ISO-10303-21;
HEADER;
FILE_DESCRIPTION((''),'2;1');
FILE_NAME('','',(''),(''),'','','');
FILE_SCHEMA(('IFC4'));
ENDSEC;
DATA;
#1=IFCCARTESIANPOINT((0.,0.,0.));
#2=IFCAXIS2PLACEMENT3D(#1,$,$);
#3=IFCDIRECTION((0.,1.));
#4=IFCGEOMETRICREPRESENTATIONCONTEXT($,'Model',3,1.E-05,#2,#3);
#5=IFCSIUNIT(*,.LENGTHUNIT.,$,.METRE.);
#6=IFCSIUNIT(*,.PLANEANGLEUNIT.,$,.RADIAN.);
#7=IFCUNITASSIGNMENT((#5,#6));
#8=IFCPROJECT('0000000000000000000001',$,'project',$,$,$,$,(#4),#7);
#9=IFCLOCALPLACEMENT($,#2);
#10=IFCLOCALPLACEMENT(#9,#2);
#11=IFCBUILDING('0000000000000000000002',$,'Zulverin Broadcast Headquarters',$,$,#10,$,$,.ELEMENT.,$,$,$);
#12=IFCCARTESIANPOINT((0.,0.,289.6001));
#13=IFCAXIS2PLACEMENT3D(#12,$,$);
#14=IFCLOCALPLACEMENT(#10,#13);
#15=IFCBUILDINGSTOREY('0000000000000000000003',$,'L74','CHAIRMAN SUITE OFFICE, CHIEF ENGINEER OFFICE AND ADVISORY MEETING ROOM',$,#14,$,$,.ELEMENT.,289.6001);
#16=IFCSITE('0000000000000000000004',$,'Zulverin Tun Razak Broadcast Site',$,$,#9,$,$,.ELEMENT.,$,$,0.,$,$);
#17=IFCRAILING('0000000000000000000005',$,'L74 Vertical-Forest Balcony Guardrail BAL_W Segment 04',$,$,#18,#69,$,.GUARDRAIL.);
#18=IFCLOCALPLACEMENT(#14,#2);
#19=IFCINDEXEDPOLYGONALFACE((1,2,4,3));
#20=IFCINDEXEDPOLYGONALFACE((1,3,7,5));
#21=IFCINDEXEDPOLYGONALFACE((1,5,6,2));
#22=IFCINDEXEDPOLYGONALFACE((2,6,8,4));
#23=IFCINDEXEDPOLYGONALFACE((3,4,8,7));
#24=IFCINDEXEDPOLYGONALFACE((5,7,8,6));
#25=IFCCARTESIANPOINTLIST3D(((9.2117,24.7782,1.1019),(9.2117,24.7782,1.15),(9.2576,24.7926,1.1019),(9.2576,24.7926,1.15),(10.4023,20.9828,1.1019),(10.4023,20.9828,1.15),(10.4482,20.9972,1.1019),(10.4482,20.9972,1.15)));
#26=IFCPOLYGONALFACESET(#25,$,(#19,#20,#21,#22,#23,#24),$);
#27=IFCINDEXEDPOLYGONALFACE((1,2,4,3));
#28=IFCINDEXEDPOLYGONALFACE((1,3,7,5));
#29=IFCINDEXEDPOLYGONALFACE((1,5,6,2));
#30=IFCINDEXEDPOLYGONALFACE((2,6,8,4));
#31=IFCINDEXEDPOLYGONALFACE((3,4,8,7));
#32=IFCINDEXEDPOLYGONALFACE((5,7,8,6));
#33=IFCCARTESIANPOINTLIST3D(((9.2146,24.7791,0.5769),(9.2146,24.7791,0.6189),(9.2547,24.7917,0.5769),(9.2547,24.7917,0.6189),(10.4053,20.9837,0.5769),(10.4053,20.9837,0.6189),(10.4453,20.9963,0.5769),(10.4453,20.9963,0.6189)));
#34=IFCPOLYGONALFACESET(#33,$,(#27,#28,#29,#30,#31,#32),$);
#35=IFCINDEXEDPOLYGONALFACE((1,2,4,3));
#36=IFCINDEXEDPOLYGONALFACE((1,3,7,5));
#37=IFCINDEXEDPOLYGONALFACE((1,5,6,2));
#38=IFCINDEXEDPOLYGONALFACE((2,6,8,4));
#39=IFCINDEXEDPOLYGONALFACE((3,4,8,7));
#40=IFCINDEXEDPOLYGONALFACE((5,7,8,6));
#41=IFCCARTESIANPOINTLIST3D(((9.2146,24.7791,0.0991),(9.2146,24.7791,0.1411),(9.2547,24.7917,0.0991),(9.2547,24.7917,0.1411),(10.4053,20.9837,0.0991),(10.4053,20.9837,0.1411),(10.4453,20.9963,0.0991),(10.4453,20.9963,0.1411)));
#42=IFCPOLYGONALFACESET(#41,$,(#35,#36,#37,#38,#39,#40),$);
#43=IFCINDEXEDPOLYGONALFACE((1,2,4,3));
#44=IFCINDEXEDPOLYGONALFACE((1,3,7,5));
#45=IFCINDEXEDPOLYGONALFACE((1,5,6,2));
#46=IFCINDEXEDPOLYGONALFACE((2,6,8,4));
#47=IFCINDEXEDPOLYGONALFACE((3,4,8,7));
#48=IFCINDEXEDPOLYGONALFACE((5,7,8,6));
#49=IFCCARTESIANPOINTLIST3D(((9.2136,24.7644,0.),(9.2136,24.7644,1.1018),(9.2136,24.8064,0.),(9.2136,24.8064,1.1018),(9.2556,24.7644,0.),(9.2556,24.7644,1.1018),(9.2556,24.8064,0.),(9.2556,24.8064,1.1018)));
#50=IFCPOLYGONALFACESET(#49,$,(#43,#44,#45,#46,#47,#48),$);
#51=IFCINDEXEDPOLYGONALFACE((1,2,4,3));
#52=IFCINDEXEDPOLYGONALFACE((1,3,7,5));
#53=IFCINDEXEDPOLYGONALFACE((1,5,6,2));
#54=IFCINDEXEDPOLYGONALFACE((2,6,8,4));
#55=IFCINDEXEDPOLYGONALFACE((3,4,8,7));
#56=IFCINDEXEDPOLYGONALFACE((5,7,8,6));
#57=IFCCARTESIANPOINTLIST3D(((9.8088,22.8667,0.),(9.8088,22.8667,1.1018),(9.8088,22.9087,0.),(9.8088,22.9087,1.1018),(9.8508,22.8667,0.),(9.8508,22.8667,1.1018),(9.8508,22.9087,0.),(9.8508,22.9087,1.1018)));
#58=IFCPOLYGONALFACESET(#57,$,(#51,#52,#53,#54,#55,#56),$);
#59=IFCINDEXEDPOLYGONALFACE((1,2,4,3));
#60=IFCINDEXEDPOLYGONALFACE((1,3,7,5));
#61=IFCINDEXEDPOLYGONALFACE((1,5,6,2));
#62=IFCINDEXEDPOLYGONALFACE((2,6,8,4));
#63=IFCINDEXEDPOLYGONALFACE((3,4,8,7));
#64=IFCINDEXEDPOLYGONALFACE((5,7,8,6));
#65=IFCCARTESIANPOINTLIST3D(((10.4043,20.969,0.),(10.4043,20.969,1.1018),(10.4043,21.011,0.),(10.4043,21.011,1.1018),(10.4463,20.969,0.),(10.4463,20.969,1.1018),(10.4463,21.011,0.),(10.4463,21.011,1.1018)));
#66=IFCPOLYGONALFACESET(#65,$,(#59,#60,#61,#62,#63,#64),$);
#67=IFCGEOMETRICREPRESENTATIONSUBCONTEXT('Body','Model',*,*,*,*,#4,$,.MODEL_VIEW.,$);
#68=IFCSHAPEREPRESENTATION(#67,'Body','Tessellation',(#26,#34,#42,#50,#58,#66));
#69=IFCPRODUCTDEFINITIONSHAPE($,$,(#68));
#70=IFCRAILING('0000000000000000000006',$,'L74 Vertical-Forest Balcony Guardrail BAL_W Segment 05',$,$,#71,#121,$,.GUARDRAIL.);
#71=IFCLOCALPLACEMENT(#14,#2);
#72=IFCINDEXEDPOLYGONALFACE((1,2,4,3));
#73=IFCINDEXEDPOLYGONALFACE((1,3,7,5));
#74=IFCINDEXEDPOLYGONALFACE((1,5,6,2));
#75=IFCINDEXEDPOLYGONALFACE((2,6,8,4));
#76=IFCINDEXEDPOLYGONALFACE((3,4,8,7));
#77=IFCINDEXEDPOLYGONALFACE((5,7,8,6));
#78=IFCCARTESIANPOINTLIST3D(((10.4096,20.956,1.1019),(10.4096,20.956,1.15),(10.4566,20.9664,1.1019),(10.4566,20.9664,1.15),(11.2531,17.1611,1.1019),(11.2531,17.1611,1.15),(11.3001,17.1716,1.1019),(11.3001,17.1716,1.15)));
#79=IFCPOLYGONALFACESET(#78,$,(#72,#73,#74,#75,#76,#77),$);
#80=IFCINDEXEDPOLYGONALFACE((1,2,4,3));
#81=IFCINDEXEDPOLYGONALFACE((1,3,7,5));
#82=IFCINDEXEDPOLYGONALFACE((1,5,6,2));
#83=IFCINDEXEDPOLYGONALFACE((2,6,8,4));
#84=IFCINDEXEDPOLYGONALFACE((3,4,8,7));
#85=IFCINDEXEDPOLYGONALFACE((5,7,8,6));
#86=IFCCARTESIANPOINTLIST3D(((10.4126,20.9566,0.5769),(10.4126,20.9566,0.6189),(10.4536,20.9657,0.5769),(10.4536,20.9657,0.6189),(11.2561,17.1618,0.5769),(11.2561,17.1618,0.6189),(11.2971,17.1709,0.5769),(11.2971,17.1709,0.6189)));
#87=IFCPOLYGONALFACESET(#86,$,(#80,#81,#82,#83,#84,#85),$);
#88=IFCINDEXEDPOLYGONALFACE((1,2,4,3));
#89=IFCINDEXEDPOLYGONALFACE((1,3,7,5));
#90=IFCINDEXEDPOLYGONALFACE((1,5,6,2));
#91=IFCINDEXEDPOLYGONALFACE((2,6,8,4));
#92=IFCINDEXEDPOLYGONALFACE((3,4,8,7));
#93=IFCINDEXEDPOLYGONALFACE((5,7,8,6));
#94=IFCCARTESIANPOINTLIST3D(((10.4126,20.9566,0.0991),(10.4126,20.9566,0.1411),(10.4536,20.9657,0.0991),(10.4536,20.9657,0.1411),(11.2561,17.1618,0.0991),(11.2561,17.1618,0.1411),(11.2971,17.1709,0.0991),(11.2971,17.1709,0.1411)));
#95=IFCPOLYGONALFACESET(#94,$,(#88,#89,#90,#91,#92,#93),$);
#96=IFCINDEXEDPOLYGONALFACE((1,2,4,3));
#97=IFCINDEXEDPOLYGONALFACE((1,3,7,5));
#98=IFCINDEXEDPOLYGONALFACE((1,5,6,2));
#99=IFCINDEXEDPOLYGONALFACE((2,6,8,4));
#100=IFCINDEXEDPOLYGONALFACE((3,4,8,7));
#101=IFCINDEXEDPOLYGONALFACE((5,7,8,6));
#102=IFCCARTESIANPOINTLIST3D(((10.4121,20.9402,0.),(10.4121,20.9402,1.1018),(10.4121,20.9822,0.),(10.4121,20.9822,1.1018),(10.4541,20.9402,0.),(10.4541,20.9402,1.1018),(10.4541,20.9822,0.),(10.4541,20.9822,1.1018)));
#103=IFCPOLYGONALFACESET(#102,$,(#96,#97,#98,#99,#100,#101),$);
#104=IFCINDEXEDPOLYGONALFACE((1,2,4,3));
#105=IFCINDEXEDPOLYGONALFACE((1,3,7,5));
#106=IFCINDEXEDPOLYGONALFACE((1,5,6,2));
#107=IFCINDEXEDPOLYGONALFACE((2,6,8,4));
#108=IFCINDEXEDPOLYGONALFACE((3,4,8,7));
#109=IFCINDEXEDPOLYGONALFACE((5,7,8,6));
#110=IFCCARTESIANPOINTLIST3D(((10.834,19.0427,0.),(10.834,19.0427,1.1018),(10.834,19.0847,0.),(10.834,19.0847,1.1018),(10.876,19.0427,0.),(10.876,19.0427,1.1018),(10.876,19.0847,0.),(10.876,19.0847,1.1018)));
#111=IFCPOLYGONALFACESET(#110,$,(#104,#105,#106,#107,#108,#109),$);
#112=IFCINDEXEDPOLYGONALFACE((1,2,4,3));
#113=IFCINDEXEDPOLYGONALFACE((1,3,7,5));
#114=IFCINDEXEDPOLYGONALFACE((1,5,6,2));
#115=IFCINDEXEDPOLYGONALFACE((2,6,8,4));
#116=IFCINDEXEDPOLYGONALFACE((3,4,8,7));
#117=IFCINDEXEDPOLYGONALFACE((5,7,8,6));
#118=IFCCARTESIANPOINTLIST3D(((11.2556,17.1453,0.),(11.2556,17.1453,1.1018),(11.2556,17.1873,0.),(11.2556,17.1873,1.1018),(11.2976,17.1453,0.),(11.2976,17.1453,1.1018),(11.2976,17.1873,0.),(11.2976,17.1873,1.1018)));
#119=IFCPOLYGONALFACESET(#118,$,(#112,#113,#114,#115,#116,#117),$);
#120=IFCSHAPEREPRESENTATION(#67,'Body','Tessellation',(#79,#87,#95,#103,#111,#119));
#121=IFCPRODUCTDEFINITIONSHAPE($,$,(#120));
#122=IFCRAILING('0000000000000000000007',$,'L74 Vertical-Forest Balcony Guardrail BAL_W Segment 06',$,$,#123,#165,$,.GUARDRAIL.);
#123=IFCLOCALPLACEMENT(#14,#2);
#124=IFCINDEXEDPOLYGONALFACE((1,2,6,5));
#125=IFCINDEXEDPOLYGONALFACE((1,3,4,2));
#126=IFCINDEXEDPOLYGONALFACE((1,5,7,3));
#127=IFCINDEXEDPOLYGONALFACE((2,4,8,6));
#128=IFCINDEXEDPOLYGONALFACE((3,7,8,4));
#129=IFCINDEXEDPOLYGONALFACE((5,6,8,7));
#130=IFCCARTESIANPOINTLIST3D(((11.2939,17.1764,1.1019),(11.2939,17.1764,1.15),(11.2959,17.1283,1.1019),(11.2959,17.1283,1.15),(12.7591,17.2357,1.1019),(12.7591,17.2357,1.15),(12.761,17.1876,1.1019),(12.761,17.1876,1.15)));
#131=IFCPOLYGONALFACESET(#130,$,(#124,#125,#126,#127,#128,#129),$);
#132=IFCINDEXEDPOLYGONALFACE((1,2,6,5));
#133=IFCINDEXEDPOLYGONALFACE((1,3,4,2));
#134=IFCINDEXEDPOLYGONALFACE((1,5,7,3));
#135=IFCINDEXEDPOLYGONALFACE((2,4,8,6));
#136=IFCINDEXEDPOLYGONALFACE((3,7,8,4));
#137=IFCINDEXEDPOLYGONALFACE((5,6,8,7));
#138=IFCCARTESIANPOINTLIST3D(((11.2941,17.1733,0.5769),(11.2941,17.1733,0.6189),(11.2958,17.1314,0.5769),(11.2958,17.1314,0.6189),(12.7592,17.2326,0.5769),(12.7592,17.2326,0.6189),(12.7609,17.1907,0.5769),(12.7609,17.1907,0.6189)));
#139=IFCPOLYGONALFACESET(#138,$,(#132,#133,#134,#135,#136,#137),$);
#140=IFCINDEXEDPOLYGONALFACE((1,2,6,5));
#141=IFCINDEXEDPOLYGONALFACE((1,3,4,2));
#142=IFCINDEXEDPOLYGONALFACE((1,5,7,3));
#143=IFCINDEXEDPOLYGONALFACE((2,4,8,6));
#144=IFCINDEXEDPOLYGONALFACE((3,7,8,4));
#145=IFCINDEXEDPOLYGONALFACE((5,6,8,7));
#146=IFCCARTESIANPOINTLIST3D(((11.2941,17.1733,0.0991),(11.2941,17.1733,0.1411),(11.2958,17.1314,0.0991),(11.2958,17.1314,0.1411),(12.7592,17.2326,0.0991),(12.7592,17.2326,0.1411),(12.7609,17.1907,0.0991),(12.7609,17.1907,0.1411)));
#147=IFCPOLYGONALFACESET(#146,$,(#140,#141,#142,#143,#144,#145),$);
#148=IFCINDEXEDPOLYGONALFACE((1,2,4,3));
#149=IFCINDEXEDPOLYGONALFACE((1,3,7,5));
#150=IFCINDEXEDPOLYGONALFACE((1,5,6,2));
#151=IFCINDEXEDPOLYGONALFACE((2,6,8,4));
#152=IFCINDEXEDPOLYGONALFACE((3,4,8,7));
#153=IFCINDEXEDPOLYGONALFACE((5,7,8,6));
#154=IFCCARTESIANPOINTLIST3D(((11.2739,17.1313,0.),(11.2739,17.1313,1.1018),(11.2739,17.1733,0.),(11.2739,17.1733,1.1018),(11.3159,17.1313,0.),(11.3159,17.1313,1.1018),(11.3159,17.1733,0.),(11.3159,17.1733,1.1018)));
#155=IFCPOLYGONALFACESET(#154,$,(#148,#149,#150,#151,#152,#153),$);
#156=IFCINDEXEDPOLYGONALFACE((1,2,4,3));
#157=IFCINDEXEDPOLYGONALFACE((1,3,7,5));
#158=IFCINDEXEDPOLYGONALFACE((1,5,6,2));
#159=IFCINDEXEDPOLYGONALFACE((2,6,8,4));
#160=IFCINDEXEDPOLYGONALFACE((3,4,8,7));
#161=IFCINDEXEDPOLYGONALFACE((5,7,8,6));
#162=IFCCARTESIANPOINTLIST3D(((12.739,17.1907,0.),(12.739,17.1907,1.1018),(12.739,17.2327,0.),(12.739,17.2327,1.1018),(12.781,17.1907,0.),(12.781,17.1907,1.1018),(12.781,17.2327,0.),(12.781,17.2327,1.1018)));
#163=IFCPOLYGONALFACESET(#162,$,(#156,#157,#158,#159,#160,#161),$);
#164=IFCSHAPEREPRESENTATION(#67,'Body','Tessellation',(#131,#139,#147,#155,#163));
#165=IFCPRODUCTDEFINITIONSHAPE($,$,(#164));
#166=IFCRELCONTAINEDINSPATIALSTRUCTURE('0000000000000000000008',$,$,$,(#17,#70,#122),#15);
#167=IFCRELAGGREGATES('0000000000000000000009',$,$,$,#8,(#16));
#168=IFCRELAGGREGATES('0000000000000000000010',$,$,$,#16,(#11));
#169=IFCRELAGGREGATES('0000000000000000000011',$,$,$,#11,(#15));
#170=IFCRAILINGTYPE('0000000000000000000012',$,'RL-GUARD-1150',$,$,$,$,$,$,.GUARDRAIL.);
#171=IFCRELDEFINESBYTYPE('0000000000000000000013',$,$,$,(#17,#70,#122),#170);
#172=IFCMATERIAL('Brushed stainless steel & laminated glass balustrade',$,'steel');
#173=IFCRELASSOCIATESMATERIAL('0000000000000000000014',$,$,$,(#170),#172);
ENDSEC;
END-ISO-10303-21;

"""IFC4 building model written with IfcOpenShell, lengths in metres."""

from ifc_helpers import new_model, si_unit, direction, frame, origin, origin_2d, place, context, subcontext, project, spatial, rectangle, extrude, material, type_object, element, save


model = new_model("IFC4")

# Units and contexts
model_context = context("Model", 3, precision=1e-05, world=origin(), true_north=direction((0.0, 1.0)))
body_context = subcontext(model_context, "Body", "Model", "MODEL_VIEW")
ifc_project = project(units=[si_unit("LENGTHUNIT", "METRE"), si_unit("PLANEANGLEUNIT", "RADIAN")], contexts=[model_context])

# Site, building, storey
site_placement = place(None, origin())
site = spatial("IfcSite", under=ifc_project, at=site_placement, Name="Zulverin Tun Razak Broadcast Site", CompositionType="ELEMENT", RefElevation=0.0)
building_placement = place(site_placement, origin())
building = spatial("IfcBuilding", under=site, at=building_placement, Name="Zulverin Broadcast Headquarters", CompositionType="ELEMENT")
storey_placement = place(building_placement, frame((0.0, 0.0, 289.6001)))
storey = spatial("IfcBuildingStorey", under=building, at=storey_placement, Name="L74", Description="CHAIRMAN SUITE OFFICE, CHIEF ENGINEER OFFICE AND ADVISORY MEETING ROOM", CompositionType="ELEMENT", Elevation=289.6001)

# Railings
ifc_material_1 = material(Name="Brushed stainless steel & laminated glass balustrade", Category="steel")
railing_type = type_object("IfcRailingType", Name="RL-GUARD-1150", PredefinedType="GUARDRAIL", material=ifc_material_1)
railing_1_placement = place(storey_placement, frame((9.2346, 24.7854, 0.0)))
element("IfcRailing", 1, at=railing_1_placement, inside=storey, type_object=railing_type, Name="L74 Vertical-Forest Balcony Guardrail BAL_W Segment 04", PredefinedType="GUARDRAIL", context=body_context, shape_type="SweptSolid", body=[
    extrude(rectangle(XDim=0.0481, YDim=0.0481, at=origin_2d()), frame((0.0, 0.0, 1.126), z_axis=(0.29933, -0.95415, 0.0), x_axis=(0.95415, 0.29933, 0.0)), (0.0, 0.0, 1.0), 3.9778),
    extrude(rectangle(XDim=0.042, YDim=0.042, at=origin_2d()), frame((0.0, 0.0, 0.5979), z_axis=(0.29933, -0.95415, 0.0), x_axis=(0.95415, 0.29933, 0.0)), (0.0, 0.0, 1.0), 3.9778),
    extrude(rectangle(XDim=0.042, YDim=0.042, at=origin_2d()), frame((0.0, 0.0, 0.1201), z_axis=(0.29933, -0.95415, 0.0), x_axis=(0.95415, 0.29933, 0.0)), (0.0, 0.0, 1.0), 3.9778),
    extrude(rectangle(XDim=0.042, YDim=0.042, at=origin_2d()), origin(), (0.0, 0.0, 1.0), 1.1018),
    extrude(rectangle(XDim=0.042, YDim=0.042, at=origin_2d()), frame((0.5952, -1.8977, 0.0)), (0.0, 0.0, 1.0), 1.1018),
    extrude(rectangle(XDim=0.042, YDim=0.042, at=origin_2d()), frame((1.1907, -3.7954, 0.0)), (0.0, 0.0, 1.0), 1.1018),
])
railing_2_placement = place(storey_placement, frame((10.4331, 20.9612, 0.0)))
element("IfcRailing", 2, at=railing_2_placement, inside=storey, type_object=railing_type, Name="L74 Vertical-Forest Balcony Guardrail BAL_W Segment 05", PredefinedType="GUARDRAIL", context=body_context, shape_type="SweptSolid", body=[
    extrude(rectangle(XDim=0.0481, YDim=0.0481, at=origin_2d()), frame((0.0, 0.0, 1.126), z_axis=(0.216977, -0.976177, 0.0), x_axis=(0.976177, 0.216977, 0.0)), (0.0, 0.0, 1.0), 3.8875),
    extrude(rectangle(XDim=0.042, YDim=0.042, at=origin_2d()), frame((0.0, 0.0, 0.5979), z_axis=(0.216977, -0.976177, 0.0), x_axis=(0.976177, 0.216977, 0.0)), (0.0, 0.0, 1.0), 3.8875),
    extrude(rectangle(XDim=0.042, YDim=0.042, at=origin_2d()), frame((0.0, 0.0, 0.1201), z_axis=(0.216977, -0.976177, 0.0), x_axis=(0.976177, 0.216977, 0.0)), (0.0, 0.0, 1.0), 3.8875),
    extrude(rectangle(XDim=0.042, YDim=0.042, at=origin_2d()), origin(), (0.0, 0.0, 1.0), 1.1018),
    extrude(rectangle(XDim=0.042, YDim=0.042, at=origin_2d()), frame((0.4219, -1.8975, 0.0)), (0.0, 0.0, 1.0), 1.1018),
    extrude(rectangle(XDim=0.042, YDim=0.042, at=origin_2d()), frame((0.8435, -3.7949, 0.0)), (0.0, 0.0, 1.0), 1.1018),
])
railing_3_placement = place(storey_placement, frame((11.2949, 17.1523, 0.0)))
element("IfcRailing", 3, at=railing_3_placement, inside=storey, type_object=railing_type, Name="L74 Vertical-Forest Balcony Guardrail BAL_W Segment 06", PredefinedType="GUARDRAIL", context=body_context, shape_type="SweptSolid", body=[
    extrude(rectangle(XDim=0.0481, YDim=0.0481, at=origin_2d()), frame((0.0, 0.0, 1.126), z_axis=(0.999181, 0.04046, 0.0), x_axis=(-0.04046, 0.999181, 0.0)), (0.0, 0.0, 1.0), 1.4663),
    extrude(rectangle(XDim=0.042, YDim=0.042, at=origin_2d()), frame((0.0, 0.0, 0.5979), z_axis=(0.999181, 0.04046, 0.0), x_axis=(-0.04046, 0.999181, 0.0)), (0.0, 0.0, 1.0), 1.4663),
    extrude(rectangle(XDim=0.042, YDim=0.042, at=origin_2d()), frame((0.0, 0.0, 0.1201), z_axis=(0.999181, 0.04046, 0.0), x_axis=(-0.04046, 0.999181, 0.0)), (0.0, 0.0, 1.0), 1.4663),
    extrude(rectangle(XDim=0.042, YDim=0.042, at=origin_2d()), origin(), (0.0, 0.0, 1.0), 1.1018),
    extrude(rectangle(XDim=0.042, YDim=0.042, at=origin_2d()), frame((1.4651, 0.0593, 0.0)), (0.0, 0.0, 1.0), 1.1018),
])

save(model, "model.ifc")
